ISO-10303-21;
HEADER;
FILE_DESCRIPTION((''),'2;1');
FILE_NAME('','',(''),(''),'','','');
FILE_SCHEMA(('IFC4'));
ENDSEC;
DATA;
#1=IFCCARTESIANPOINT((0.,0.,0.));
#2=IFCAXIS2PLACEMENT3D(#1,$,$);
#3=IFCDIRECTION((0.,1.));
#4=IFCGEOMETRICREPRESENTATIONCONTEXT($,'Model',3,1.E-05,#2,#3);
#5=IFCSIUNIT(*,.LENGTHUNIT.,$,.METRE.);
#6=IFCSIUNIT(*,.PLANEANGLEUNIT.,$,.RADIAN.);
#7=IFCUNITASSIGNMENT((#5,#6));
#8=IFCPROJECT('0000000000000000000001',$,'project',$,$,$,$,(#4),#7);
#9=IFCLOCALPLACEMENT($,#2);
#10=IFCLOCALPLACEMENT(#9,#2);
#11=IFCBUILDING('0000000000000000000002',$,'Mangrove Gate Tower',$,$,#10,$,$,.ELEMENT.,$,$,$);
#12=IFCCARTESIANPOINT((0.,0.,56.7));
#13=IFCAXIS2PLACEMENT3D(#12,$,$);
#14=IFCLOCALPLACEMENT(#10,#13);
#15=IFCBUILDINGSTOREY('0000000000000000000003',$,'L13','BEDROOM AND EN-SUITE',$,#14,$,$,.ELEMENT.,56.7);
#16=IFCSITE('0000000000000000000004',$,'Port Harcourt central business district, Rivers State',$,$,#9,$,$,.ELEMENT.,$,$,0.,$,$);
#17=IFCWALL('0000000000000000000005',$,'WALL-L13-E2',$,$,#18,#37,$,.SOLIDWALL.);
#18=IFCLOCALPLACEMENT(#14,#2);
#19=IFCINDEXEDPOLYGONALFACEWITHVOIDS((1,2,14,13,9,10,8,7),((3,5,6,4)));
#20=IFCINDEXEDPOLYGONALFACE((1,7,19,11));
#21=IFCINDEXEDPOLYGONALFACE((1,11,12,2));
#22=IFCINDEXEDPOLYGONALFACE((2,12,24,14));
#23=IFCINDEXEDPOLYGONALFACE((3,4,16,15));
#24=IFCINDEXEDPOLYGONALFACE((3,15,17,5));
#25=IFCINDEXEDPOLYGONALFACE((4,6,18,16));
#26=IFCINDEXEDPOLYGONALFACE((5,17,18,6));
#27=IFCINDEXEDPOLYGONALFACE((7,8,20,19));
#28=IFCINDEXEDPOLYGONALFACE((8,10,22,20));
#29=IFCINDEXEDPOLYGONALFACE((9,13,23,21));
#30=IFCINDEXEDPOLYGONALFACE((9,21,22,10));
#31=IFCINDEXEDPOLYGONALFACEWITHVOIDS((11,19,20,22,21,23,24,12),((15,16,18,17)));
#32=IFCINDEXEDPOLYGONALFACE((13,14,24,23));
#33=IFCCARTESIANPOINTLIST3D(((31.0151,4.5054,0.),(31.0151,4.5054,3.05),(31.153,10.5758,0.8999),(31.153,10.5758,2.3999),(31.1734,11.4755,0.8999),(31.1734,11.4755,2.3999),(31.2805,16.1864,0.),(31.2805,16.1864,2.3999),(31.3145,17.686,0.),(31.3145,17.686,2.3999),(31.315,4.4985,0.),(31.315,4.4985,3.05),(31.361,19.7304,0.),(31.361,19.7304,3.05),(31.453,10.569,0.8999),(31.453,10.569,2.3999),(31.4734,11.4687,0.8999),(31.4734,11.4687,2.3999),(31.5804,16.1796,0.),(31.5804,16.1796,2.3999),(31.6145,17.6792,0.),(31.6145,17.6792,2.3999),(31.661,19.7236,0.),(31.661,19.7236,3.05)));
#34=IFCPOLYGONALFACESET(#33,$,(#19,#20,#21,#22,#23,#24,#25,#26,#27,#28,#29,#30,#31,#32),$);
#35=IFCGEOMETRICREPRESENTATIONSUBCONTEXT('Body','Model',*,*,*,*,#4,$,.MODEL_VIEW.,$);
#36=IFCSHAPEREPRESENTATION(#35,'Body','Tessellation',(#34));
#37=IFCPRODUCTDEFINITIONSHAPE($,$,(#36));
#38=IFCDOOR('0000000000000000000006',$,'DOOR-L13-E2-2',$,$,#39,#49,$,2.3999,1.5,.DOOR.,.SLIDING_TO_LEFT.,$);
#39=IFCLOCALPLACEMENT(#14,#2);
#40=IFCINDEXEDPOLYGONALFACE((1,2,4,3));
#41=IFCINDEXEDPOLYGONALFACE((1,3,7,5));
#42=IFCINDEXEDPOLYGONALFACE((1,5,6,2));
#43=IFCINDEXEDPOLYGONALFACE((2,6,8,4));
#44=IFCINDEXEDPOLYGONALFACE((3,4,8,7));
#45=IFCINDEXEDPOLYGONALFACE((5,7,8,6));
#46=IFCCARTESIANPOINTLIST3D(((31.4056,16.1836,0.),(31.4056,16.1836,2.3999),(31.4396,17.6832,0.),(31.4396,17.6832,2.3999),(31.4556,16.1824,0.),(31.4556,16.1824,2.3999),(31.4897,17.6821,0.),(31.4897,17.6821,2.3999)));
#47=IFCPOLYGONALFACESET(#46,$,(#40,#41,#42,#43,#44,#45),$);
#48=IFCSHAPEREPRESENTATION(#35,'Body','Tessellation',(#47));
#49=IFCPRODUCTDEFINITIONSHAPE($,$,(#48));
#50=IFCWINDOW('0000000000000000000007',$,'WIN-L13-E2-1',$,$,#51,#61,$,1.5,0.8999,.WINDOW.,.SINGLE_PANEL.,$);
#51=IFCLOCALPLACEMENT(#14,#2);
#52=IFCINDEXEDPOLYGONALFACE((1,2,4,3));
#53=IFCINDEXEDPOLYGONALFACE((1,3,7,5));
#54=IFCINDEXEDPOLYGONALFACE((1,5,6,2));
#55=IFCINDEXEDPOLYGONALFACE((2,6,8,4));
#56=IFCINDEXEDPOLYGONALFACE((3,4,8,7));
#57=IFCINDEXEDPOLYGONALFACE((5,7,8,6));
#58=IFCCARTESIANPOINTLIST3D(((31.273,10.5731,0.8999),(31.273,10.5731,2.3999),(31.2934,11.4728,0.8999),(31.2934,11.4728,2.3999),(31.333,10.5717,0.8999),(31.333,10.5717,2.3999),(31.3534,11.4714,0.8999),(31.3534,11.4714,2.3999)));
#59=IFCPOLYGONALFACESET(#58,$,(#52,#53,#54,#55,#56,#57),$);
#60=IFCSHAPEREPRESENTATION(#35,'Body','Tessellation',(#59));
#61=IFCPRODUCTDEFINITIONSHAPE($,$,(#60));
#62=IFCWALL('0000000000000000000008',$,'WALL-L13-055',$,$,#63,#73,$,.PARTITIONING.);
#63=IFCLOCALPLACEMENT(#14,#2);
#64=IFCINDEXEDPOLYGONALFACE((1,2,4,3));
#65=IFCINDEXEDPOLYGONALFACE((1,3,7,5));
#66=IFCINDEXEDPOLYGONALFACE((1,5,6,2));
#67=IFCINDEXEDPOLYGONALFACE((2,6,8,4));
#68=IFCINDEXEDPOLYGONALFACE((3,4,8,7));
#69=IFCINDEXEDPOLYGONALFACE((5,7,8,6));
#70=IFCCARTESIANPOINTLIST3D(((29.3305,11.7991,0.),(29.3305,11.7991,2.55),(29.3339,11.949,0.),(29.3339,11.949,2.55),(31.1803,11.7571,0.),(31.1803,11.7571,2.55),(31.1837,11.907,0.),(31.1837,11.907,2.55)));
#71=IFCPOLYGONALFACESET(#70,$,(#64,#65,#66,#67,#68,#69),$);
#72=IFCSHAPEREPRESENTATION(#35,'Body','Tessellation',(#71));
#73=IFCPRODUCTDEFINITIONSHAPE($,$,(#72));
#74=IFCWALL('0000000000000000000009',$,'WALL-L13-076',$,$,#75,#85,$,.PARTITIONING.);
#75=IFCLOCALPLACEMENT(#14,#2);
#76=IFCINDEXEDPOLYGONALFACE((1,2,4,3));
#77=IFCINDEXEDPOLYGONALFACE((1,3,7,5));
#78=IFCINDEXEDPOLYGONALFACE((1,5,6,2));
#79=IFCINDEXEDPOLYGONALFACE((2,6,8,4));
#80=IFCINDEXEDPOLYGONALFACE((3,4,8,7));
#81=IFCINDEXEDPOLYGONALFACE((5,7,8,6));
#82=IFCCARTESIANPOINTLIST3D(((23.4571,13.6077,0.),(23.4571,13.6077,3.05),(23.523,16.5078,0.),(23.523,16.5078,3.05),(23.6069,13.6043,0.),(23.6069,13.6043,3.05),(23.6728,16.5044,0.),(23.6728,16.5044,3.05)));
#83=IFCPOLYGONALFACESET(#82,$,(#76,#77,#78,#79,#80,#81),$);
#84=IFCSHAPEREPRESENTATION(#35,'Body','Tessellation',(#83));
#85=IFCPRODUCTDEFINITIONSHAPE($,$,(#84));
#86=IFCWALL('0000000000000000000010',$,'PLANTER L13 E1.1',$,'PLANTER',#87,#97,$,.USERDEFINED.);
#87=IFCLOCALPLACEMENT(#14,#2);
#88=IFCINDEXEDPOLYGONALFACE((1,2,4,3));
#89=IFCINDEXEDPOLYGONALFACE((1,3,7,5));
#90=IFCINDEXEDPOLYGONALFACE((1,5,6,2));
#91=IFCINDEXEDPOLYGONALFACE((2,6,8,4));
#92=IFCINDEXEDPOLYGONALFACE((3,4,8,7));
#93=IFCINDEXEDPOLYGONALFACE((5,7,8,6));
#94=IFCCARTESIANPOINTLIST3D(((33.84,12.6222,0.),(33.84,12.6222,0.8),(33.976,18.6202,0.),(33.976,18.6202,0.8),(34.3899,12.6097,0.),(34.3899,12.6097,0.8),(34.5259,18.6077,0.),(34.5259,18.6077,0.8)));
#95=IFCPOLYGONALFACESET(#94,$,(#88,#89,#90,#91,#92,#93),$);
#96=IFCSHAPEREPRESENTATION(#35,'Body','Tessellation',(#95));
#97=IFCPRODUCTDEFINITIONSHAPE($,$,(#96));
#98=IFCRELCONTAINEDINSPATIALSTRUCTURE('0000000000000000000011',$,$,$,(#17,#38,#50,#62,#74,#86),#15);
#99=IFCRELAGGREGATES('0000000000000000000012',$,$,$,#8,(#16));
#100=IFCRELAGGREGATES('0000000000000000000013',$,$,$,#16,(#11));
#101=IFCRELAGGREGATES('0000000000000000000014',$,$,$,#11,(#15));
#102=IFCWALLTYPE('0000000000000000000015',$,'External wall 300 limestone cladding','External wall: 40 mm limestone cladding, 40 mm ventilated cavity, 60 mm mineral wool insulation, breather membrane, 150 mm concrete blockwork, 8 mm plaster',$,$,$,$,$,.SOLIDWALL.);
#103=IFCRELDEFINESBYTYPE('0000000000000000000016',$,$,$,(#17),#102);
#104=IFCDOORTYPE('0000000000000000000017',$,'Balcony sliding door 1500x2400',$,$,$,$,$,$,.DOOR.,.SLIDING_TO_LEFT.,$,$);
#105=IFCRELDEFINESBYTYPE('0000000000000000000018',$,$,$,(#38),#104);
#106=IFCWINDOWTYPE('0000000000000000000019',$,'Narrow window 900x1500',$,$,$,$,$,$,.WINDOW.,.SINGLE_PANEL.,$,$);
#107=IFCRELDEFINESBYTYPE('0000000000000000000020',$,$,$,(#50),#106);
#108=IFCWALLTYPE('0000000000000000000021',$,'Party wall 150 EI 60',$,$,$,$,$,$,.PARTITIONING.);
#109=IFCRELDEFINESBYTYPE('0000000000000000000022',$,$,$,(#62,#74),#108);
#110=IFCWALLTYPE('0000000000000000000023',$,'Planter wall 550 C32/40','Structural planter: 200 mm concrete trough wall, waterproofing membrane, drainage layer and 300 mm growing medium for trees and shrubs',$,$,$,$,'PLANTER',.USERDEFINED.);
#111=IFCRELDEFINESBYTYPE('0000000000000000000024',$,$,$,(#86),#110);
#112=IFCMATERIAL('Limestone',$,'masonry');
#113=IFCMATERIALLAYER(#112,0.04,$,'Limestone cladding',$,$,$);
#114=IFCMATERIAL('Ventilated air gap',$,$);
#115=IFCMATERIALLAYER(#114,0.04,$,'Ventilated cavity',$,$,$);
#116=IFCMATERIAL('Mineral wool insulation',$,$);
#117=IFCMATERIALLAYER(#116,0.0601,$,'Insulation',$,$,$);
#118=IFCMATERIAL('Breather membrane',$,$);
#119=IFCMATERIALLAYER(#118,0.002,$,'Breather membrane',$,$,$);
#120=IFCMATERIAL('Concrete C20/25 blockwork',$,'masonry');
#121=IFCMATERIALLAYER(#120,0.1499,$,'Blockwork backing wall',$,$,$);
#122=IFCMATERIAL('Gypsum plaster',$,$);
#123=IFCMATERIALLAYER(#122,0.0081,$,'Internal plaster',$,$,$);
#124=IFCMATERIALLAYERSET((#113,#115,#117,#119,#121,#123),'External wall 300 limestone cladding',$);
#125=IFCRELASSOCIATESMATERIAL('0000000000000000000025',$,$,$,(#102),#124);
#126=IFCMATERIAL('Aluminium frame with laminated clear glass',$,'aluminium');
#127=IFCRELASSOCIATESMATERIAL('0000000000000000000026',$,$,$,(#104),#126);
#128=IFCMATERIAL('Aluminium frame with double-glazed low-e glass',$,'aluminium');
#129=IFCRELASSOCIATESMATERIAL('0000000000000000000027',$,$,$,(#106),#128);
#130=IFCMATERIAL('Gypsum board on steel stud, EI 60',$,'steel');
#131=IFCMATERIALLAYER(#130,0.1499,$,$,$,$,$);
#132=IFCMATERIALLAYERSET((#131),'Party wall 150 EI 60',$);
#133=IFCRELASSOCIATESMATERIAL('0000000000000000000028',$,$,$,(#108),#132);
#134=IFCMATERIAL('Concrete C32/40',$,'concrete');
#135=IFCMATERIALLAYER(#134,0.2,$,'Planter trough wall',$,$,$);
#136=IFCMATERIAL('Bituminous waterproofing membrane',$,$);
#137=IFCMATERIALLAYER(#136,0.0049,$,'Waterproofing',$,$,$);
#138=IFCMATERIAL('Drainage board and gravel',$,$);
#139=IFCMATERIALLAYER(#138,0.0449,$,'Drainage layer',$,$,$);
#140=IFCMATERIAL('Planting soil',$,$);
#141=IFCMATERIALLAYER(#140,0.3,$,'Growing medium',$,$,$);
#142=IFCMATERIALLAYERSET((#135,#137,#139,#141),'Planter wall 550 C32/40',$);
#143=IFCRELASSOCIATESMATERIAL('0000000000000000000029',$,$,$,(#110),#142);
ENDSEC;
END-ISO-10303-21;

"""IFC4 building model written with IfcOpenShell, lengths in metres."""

from ifc_helpers import new_model, si_unit, direction, frame, frame_2d, origin, place, context, subcontext, project, spatial, rectangle, extrude, material, layer, layer_set, type_object, element, fill, save


model = new_model("IFC4")

# Units and contexts
model_context = context("Model", 3, precision=1e-05, world=origin(), true_north=direction((0.0, 1.0)))
body_context = subcontext(model_context, "Body", "Model", "MODEL_VIEW")
ifc_project = project(units=[si_unit("LENGTHUNIT", "METRE"), si_unit("PLANEANGLEUNIT", "RADIAN")], contexts=[model_context])

# Site, building, storey
site_placement = place(None, origin())
site = spatial("IfcSite", under=ifc_project, at=site_placement, Name="Port Harcourt central business district, Rivers State", CompositionType="ELEMENT", RefElevation=0.0)
building_placement = place(site_placement, origin())
building = spatial("IfcBuilding", under=site, at=building_placement, Name="Mangrove Gate Tower", CompositionType="ELEMENT")
storey_placement = place(building_placement, frame((0.0, 0.0, 56.7)))
storey = spatial("IfcBuildingStorey", under=building, at=storey_placement, Name="L13", Description="BEDROOM AND EN-SUITE", CompositionType="ELEMENT", Elevation=56.7)

# Wall, openings, door, window
ifc_material_1 = material(Name="Limestone", Category="masonry")
ifc_layer_1 = layer(ifc_material_1, 0.04, Name="Limestone cladding")
ifc_material_2 = material(Name="Ventilated air gap")
ifc_layer_2 = layer(ifc_material_2, 0.04, Name="Ventilated cavity")
ifc_material_3 = material(Name="Mineral wool insulation")
ifc_layer_3 = layer(ifc_material_3, 0.0601, Name="Insulation")
ifc_material_4 = material(Name="Breather membrane")
ifc_layer_4 = layer(ifc_material_4, 0.002, Name="Breather membrane")
ifc_material_5 = material(Name="Concrete C20/25 blockwork", Category="masonry")
ifc_layer_5 = layer(ifc_material_5, 0.1499, Name="Blockwork backing wall")
ifc_material_6 = material(Name="Gypsum plaster")
ifc_layer_6 = layer(ifc_material_6, 0.0081, Name="Internal plaster")
ifc_layer_set_1 = layer_set([ifc_layer_1, ifc_layer_2, ifc_layer_3, ifc_layer_4, ifc_layer_5, ifc_layer_6], Name="External wall 300 limestone cladding")
wall_type_1 = type_object("IfcWallType", Name="External wall 300 limestone cladding", Description="External wall: 40 mm limestone cladding, 40 mm ventilated cavity, 60 mm mineral wool insulation, breather membrane, 150 mm concrete blockwork, 8 mm plaster", PredefinedType="SOLIDWALL", material=ifc_layer_set_1)
wall_1_placement = place(storey_placement, frame((31.165, 4.502, 0.0), z_axis=(0.0, 0.0, 1.0), x_axis=(0.022716, 0.999742, 0.0)))
wall_1 = element("IfcWall", 1, at=wall_1_placement, inside=storey, type_object=wall_type_1, Name="WALL-L13-E2", PredefinedType="SOLIDWALL", context=body_context, shape_type="SweptSolid", body=[
    extrude(rectangle(XDim=15.229, YDim=0.3, at=frame_2d((7.6145, 0.0))), origin(), (0.0, 0.0, 1.0), 3.05),
])
opening_1_placement = place(wall_1_placement, frame((6.072, 0.0, 0.8999)))
opening_1 = element("IfcOpeningElement", 2, at=opening_1_placement, cuts=wall_1, PredefinedType="OPENING", context=body_context, shape_type="SweptSolid", body=[
    extrude(rectangle(XDim=0.8999, YDim=1.5, at=frame_2d((0.45, 0.75))), frame((0.0, 0.1599, 0.0), z_axis=(0.0, -1.0, 0.0), x_axis=(1.0, 0.0, 0.0)), (0.0, 0.0, 1.0), 0.3201),
])
opening_2_placement = place(wall_1_placement, frame((11.6841, 0.0, 0.0)))
opening_2 = element("IfcOpeningElement", 3, at=opening_2_placement, cuts=wall_1, PredefinedType="OPENING", context=body_context, shape_type="SweptSolid", body=[
    extrude(rectangle(XDim=1.5, YDim=2.3999, at=frame_2d((0.75, 1.2))), frame((0.0, 0.1599, 0.0), z_axis=(0.0, -1.0, 0.0), x_axis=(1.0, 0.0, 0.0)), (0.0, 0.0, 1.0), 0.3201),
])
ifc_material_7 = material(Name="Aluminium frame with laminated clear glass", Category="aluminium")
door_type = type_object("IfcDoorType", Name="Balcony sliding door 1500x2400", OperationType="SLIDING_TO_LEFT", PredefinedType="DOOR", material=ifc_material_7)
door_placement = place(opening_2_placement, origin())
door = element("IfcDoor", 4, at=door_placement, inside=storey, type_object=door_type, Name="DOOR-L13-E2-2", OperationType="SLIDING_TO_LEFT", OverallHeight=2.3999, OverallWidth=1.5, PredefinedType="DOOR", context=body_context, shape_type="SweptSolid", body=[
    extrude(rectangle(XDim=1.5, YDim=2.3999, at=frame_2d((0.75, 1.2))), frame((0.0, 0.0249, 0.0), z_axis=(0.0, -1.0, 0.0), x_axis=(1.0, 0.0, 0.0)), (0.0, 0.0, 1.0), 0.05),
])
fill(opening_2, door)
ifc_material_8 = material(Name="Aluminium frame with double-glazed low-e glass", Category="aluminium")
window_type = type_object("IfcWindowType", Name="Narrow window 900x1500", PartitioningType="SINGLE_PANEL", PredefinedType="WINDOW", material=ifc_material_8)
window_placement = place(opening_1_placement, origin())
window = element("IfcWindow", 5, at=window_placement, inside=storey, type_object=window_type, Name="WIN-L13-E2-1", OverallHeight=1.5, OverallWidth=0.8999, PartitioningType="SINGLE_PANEL", PredefinedType="WINDOW", context=body_context, shape_type="SweptSolid", body=[
    extrude(rectangle(XDim=0.8999, YDim=1.5, at=frame_2d((0.45, 0.75))), frame((0.0, 0.03, 0.0), z_axis=(0.0, -1.0, 0.0), x_axis=(1.0, 0.0, 0.0)), (0.0, 0.0, 1.0), 0.0601),
])
fill(opening_1, window)

# Walls
ifc_material_9 = material(Name="Gypsum board on steel stud, EI 60", Category="steel")
ifc_layer_7 = layer(ifc_material_9, 0.1499)
ifc_layer_set_2 = layer_set([ifc_layer_7], Name="Party wall 150 EI 60")
wall_type_2 = type_object("IfcWallType", Name="Party wall 150 EI 60", PredefinedType="PARTITIONING", material=ifc_layer_set_2)
wall_2_placement = place(storey_placement, frame((29.332, 11.874, 0.0), z_axis=(0.0, 0.0, 1.0), x_axis=(0.999742, -0.022694, 0.0)))
element("IfcWall", 6, at=wall_2_placement, inside=storey, type_object=wall_type_2, Name="WALL-L13-055", PredefinedType="PARTITIONING", context=body_context, shape_type="SweptSolid", body=[
    extrude(rectangle(XDim=1.8503, YDim=0.1499, at=frame_2d((0.9253, 0.0))), origin(), (0.0, 0.0, 1.0), 2.55),
])
wall_3_placement = place(storey_placement, frame((23.532, 13.606, 0.0), z_axis=(0.0, 0.0, 1.0), x_axis=(0.022723, 0.999742, 0.0)))
element("IfcWall", 7, at=wall_3_placement, inside=storey, type_object=wall_type_2, Name="WALL-L13-076", PredefinedType="PARTITIONING", context=body_context, shape_type="SweptSolid", body=[
    extrude(rectangle(XDim=2.9009, YDim=0.1499, at=frame_2d((1.4504, 0.0))), origin(), (0.0, 0.0, 1.0), 3.05),
])
ifc_material_10 = material(Name="Concrete C32/40", Category="concrete")
ifc_layer_8 = layer(ifc_material_10, 0.2, Name="Planter trough wall")
ifc_material_11 = material(Name="Bituminous waterproofing membrane")
ifc_layer_9 = layer(ifc_material_11, 0.0049, Name="Waterproofing")
ifc_material_12 = material(Name="Drainage board and gravel")
ifc_layer_10 = layer(ifc_material_12, 0.0449, Name="Drainage layer")
ifc_material_13 = material(Name="Planting soil")
ifc_layer_11 = layer(ifc_material_13, 0.3, Name="Growing medium")
ifc_layer_set_3 = layer_set([ifc_layer_8, ifc_layer_9, ifc_layer_10, ifc_layer_11], Name="Planter wall 550 C32/40")
wall_type_3 = type_object("IfcWallType", Name="Planter wall 550 C32/40", Description="Structural planter: 200 mm concrete trough wall, waterproofing membrane, drainage layer and 300 mm growing medium for trees and shrubs", ElementType="PLANTER", PredefinedType="USERDEFINED", material=ifc_layer_set_3)
wall_4_placement = place(storey_placement, frame((34.115, 12.616, 0.0), z_axis=(0.0, 0.0, 1.0), x_axis=(0.022666, 0.999743, 0.0)))
element("IfcWall", 8, at=wall_4_placement, inside=storey, type_object=wall_type_3, Name="PLANTER L13 E1.1", ObjectType="PLANTER", PredefinedType="USERDEFINED", context=body_context, shape_type="SweptSolid", body=[
    extrude(rectangle(XDim=5.9995, YDim=0.55, at=frame_2d((2.9998, 0.0))), origin(), (0.0, 0.0, 1.0), 0.8),
])

save(model, "model.ifc")
